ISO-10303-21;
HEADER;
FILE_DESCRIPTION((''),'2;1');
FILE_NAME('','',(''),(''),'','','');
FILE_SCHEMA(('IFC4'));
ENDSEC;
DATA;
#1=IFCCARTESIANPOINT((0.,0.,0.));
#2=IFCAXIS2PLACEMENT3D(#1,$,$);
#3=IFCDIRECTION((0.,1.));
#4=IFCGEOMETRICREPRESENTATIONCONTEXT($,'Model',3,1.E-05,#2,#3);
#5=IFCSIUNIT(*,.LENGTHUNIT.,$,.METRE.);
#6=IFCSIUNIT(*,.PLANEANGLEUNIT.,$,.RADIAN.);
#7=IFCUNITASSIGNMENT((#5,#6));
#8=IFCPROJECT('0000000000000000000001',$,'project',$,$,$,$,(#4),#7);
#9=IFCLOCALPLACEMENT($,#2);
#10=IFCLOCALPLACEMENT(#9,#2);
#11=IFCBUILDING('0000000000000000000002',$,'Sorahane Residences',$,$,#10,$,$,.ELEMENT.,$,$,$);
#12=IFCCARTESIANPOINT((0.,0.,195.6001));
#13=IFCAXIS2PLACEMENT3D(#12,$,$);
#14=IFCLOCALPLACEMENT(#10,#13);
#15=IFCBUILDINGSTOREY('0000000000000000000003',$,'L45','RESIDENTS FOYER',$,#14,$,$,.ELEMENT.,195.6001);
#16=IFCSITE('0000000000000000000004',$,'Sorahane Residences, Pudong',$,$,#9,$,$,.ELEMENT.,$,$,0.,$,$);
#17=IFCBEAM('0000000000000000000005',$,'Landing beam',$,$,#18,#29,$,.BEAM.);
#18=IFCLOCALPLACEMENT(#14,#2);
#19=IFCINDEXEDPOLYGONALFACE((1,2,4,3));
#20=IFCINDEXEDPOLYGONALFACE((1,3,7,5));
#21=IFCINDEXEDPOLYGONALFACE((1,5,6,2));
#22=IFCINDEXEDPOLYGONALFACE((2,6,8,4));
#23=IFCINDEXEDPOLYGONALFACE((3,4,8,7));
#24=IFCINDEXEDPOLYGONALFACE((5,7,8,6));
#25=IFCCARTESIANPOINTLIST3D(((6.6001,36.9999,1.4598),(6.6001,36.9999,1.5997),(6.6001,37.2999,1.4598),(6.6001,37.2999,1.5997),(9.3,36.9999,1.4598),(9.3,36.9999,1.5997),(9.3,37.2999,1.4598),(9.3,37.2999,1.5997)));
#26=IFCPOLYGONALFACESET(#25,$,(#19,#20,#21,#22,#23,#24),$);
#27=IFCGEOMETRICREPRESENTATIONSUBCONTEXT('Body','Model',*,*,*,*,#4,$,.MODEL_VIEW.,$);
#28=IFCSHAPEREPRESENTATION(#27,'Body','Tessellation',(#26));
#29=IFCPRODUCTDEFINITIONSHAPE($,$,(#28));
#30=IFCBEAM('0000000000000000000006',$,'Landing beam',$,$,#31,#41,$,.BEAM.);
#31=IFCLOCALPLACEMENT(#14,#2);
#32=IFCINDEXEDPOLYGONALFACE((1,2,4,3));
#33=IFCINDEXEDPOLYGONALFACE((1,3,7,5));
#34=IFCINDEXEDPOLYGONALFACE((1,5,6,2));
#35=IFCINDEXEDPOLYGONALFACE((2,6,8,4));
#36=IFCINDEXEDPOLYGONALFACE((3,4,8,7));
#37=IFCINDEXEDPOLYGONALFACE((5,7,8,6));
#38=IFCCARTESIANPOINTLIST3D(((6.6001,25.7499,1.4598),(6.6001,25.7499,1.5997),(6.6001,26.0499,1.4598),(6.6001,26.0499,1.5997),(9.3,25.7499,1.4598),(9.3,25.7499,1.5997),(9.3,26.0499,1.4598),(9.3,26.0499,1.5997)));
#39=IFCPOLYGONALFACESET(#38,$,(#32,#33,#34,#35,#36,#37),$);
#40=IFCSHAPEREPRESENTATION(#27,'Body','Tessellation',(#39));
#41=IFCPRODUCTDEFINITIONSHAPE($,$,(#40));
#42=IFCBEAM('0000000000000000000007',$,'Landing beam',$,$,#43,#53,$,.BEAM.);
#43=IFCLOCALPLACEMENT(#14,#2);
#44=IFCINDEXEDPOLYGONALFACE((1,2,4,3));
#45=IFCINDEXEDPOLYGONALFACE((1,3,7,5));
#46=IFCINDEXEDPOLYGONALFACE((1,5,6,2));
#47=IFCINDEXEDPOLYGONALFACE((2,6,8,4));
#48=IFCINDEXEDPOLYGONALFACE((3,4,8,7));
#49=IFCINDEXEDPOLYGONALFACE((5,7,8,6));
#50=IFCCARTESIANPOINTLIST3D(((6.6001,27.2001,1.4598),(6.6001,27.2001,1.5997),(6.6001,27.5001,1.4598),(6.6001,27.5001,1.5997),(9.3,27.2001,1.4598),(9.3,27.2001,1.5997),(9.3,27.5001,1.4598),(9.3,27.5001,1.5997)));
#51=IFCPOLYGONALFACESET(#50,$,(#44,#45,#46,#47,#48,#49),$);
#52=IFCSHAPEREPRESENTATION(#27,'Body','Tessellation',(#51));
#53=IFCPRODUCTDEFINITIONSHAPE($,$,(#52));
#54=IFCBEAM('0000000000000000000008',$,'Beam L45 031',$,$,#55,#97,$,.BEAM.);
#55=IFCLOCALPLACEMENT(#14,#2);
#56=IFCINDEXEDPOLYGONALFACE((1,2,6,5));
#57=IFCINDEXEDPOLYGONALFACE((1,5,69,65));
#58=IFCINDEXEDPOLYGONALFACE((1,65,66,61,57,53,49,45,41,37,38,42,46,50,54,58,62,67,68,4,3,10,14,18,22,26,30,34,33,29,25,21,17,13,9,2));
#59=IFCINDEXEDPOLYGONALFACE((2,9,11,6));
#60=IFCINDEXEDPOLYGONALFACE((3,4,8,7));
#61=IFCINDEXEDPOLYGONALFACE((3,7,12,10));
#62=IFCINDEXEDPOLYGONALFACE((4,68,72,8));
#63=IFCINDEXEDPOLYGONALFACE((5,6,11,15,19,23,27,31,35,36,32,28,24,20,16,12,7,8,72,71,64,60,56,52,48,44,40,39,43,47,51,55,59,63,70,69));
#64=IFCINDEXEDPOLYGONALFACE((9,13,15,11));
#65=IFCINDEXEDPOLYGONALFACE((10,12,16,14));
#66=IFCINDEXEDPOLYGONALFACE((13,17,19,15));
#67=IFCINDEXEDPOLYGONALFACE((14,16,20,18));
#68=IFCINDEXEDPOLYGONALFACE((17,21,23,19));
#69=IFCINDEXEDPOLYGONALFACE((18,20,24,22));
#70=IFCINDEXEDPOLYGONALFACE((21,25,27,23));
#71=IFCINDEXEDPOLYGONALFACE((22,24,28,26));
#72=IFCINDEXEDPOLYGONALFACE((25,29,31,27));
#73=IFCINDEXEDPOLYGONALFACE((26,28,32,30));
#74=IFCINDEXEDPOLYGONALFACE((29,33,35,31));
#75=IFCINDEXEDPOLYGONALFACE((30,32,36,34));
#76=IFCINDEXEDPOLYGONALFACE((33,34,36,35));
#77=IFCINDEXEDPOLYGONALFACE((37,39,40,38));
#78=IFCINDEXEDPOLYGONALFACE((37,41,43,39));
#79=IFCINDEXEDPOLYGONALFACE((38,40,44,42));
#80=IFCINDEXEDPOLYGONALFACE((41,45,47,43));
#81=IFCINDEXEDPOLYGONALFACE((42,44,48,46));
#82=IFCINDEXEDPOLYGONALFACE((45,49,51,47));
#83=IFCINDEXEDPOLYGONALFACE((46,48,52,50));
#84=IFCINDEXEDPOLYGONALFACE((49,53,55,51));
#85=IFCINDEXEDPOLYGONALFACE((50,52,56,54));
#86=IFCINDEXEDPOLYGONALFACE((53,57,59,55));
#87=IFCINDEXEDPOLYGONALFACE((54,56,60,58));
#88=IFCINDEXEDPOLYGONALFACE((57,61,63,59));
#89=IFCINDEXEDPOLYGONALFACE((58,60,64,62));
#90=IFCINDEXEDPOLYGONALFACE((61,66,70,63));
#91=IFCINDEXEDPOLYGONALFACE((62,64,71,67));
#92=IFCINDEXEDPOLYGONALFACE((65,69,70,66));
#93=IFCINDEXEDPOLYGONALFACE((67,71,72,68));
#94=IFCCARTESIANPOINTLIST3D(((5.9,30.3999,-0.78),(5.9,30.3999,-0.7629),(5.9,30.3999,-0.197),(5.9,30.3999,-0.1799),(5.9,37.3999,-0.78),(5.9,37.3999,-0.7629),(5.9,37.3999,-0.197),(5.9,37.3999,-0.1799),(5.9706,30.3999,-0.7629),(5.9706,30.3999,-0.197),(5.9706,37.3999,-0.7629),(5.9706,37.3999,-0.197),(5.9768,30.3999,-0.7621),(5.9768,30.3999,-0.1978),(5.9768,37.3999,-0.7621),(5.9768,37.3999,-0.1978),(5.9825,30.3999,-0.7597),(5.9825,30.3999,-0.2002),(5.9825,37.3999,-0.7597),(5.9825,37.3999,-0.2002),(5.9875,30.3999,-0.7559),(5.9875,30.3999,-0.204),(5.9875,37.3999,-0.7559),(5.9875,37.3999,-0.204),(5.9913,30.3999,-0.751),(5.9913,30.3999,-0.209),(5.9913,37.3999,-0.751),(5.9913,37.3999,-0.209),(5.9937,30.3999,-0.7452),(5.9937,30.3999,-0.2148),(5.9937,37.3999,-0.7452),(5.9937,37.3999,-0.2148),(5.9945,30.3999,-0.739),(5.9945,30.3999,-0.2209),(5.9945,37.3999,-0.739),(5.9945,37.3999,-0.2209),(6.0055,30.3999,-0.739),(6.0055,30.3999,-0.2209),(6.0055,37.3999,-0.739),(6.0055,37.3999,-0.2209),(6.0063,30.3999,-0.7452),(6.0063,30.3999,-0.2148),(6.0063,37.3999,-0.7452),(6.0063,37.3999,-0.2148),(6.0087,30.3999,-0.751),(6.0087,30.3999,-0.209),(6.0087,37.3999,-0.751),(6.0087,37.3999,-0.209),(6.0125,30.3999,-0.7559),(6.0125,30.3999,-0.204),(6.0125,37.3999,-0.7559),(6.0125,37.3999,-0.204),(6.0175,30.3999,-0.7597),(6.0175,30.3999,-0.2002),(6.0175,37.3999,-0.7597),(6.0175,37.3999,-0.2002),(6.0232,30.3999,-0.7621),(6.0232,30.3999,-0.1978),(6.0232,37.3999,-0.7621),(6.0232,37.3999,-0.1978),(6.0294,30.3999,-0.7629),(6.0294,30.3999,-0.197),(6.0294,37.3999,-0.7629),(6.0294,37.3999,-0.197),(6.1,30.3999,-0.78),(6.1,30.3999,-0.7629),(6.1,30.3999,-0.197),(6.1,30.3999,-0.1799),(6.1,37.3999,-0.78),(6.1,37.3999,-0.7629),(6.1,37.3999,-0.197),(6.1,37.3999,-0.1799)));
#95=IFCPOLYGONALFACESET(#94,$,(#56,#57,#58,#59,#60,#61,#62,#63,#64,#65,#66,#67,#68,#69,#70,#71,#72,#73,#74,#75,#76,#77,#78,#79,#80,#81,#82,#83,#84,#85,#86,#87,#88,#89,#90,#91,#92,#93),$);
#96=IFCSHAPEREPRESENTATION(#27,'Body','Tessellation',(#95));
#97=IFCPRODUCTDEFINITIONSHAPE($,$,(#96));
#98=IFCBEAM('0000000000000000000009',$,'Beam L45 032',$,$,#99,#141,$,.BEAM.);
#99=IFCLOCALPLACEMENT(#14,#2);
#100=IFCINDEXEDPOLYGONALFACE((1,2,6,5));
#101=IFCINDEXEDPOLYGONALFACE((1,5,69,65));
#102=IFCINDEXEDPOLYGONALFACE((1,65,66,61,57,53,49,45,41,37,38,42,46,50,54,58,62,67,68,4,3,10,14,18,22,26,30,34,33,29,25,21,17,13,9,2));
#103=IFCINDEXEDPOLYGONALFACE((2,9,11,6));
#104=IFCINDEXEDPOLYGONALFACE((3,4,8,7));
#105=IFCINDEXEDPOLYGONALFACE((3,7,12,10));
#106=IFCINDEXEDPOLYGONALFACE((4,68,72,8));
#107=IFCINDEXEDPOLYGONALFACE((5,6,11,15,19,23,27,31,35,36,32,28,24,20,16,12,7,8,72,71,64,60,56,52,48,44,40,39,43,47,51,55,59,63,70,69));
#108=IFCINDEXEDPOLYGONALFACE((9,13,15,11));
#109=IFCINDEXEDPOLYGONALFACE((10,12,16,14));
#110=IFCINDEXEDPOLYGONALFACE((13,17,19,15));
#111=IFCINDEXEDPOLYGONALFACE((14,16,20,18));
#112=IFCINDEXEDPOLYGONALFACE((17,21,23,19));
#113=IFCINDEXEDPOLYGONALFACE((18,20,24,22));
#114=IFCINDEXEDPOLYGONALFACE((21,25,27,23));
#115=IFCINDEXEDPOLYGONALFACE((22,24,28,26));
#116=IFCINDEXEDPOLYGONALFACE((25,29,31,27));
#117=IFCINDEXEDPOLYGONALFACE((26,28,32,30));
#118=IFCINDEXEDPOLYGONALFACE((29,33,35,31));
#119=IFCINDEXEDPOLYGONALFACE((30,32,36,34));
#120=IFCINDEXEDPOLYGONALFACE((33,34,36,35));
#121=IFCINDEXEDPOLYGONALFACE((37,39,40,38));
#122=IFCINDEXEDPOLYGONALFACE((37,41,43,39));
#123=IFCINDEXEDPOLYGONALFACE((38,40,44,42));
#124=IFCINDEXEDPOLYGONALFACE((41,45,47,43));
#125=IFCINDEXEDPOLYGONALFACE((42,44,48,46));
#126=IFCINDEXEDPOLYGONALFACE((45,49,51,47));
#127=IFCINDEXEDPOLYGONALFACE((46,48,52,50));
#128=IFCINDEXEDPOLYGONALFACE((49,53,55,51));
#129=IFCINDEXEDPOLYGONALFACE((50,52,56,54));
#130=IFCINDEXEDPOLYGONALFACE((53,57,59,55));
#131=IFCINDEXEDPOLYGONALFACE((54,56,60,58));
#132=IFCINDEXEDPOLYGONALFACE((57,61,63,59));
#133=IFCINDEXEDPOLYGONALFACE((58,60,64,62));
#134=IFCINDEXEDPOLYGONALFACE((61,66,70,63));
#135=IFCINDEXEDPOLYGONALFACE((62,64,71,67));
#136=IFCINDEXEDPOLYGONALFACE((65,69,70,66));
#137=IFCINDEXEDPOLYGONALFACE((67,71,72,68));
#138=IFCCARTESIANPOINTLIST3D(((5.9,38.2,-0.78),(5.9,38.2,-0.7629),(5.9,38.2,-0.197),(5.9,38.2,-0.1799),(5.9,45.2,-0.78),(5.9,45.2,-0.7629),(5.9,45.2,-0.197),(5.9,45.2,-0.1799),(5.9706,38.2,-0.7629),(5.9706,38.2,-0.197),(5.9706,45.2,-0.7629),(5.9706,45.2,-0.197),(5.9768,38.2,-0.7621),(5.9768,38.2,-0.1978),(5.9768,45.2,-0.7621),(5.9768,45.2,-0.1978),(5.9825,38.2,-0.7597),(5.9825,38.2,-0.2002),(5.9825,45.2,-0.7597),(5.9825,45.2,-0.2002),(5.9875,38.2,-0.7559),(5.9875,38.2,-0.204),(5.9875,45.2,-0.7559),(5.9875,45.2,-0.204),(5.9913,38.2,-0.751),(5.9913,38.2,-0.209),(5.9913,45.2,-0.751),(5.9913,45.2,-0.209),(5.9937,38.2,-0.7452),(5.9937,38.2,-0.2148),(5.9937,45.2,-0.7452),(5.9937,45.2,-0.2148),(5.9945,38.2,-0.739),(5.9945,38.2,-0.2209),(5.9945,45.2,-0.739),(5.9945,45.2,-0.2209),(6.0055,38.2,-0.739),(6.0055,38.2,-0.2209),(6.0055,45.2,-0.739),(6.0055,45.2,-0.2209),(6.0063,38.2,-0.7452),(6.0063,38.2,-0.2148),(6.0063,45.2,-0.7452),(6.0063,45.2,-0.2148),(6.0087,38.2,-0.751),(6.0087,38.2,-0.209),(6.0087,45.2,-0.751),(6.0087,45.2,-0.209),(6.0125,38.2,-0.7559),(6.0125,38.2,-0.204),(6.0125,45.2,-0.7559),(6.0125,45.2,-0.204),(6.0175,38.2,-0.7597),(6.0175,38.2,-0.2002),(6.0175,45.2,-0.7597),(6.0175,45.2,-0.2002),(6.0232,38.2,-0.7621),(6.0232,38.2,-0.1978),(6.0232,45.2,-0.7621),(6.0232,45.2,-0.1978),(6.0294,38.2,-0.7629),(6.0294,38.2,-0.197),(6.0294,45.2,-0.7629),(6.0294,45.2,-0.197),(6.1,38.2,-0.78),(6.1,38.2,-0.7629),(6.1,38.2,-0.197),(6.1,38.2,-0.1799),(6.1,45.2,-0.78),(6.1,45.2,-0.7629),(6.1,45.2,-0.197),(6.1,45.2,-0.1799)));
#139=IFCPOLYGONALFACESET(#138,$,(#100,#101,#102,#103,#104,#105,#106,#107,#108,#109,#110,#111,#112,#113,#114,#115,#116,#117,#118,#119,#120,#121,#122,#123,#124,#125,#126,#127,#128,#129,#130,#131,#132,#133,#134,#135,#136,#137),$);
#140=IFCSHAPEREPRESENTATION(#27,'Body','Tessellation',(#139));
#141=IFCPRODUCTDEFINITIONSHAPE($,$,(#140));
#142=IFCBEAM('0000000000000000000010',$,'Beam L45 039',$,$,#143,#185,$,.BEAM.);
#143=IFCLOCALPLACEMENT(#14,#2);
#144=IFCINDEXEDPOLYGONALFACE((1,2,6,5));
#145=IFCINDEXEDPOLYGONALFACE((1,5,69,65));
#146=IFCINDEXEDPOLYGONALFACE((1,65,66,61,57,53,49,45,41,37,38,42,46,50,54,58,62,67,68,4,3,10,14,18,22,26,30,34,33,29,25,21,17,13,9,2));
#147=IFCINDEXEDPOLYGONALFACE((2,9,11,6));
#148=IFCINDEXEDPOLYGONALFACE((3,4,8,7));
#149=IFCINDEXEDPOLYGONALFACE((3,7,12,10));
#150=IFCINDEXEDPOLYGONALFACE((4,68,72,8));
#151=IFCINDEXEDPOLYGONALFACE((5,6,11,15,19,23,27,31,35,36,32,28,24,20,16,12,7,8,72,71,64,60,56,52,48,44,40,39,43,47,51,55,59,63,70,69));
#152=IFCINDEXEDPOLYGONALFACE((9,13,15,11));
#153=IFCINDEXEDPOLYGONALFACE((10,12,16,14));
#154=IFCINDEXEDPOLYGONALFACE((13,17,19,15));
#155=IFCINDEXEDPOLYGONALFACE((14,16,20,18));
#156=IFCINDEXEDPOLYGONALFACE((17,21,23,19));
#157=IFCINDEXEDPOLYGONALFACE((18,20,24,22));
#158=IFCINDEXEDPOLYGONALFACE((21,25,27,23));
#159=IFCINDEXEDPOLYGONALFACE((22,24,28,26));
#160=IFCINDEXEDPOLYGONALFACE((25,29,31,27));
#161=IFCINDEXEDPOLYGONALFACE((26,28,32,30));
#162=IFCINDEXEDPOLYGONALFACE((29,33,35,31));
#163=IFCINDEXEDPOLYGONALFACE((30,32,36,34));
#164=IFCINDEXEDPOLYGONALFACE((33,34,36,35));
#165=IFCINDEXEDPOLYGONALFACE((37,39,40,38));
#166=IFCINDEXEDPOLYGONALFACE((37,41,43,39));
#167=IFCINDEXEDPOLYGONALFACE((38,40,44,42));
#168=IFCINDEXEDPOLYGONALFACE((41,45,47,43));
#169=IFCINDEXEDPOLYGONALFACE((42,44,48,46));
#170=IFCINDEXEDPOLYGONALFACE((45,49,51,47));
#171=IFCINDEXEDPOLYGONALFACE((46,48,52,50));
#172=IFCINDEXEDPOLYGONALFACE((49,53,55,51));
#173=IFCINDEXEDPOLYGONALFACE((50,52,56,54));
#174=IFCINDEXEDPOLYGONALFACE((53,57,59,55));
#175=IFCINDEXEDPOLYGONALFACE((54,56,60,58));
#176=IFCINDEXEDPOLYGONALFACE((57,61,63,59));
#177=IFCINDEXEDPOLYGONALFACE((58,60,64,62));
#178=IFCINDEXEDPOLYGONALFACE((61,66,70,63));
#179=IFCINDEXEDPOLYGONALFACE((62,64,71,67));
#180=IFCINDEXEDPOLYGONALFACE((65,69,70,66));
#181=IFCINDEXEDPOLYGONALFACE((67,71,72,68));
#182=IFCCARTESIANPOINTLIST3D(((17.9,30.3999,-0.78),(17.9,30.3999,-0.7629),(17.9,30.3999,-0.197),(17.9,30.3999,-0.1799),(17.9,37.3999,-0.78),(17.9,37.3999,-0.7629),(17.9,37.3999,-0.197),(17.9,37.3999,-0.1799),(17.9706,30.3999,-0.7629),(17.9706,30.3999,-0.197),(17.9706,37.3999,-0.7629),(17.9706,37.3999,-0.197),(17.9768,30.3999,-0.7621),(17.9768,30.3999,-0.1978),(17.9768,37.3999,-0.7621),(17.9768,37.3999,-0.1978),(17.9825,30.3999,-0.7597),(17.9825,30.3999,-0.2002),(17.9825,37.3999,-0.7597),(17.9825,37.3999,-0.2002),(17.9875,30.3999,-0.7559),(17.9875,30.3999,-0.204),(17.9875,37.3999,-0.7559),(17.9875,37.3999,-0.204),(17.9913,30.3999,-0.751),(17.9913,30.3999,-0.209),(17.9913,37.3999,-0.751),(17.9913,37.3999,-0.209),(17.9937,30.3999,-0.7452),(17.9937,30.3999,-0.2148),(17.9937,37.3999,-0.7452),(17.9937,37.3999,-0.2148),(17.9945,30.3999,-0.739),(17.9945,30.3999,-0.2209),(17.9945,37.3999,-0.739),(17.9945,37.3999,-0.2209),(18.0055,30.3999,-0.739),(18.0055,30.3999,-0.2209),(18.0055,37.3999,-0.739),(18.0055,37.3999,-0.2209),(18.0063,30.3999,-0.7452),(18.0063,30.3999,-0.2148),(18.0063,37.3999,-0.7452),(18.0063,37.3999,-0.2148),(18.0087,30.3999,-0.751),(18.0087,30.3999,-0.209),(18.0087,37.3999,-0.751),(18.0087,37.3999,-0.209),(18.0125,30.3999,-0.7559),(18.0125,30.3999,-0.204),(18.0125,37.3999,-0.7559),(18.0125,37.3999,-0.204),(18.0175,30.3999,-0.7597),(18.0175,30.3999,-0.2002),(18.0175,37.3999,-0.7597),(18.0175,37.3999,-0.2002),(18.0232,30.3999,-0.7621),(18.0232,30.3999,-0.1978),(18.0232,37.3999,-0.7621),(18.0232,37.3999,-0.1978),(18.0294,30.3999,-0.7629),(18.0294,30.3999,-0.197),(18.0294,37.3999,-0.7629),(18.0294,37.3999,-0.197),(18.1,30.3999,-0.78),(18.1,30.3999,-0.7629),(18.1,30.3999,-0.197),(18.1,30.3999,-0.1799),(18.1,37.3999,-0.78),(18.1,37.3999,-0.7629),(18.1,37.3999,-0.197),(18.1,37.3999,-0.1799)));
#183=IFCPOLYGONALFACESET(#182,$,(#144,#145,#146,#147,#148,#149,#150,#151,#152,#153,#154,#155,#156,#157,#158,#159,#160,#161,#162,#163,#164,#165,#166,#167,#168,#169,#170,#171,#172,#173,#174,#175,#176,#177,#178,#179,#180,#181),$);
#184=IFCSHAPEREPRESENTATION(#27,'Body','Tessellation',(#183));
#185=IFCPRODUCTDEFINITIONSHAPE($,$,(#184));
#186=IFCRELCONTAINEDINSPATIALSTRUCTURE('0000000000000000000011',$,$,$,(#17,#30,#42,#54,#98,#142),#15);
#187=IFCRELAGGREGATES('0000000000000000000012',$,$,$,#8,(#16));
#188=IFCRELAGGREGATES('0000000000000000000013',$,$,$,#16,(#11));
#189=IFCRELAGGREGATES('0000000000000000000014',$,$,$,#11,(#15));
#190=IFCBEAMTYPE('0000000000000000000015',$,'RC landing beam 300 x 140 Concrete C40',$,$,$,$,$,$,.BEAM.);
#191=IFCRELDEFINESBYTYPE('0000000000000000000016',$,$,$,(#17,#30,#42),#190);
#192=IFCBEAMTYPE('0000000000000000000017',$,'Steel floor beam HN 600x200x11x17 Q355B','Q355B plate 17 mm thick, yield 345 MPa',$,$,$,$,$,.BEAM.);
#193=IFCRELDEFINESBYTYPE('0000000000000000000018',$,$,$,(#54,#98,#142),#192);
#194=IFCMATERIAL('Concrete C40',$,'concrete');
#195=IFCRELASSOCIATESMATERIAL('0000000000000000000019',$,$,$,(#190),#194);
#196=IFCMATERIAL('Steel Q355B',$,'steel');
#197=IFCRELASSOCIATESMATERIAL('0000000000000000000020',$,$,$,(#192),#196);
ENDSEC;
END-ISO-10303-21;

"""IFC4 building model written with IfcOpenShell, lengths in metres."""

from ifc_helpers import new_model, si_unit, direction, frame, origin, origin_2d, place, context, subcontext, project, spatial, rectangle, i_section, extrude, material, material_profile, profile_set, type_object, element, save


model = new_model("IFC4")

# Units and contexts
model_context = context("Model", 3, precision=1e-05, world=origin(), true_north=direction((0.0, 1.0)))
body_context = subcontext(model_context, "Body", "Model", "MODEL_VIEW")
ifc_project = project(units=[si_unit("LENGTHUNIT", "METRE"), si_unit("PLANEANGLEUNIT", "RADIAN")], contexts=[model_context])

# Site, building, storey
site_placement = place(None, origin())
site = spatial("IfcSite", under=ifc_project, at=site_placement, Name="Sorahane Residences, Pudong", CompositionType="ELEMENT", RefElevation=0.0)
building_placement = place(site_placement, origin())
building = spatial("IfcBuilding", under=site, at=building_placement, Name="Sorahane Residences", CompositionType="ELEMENT")
storey_placement = place(building_placement, frame((0.0, 0.0, 195.6001)))
storey = spatial("IfcBuildingStorey", under=building, at=storey_placement, Name="L45", Description="RESIDENTS FOYER", CompositionType="ELEMENT", Elevation=195.6001)

# Beams
ifc_material_1 = material(Name="Concrete C40", Category="concrete")
ifc_material_profile_1 = material_profile(ifc_material_1, rectangle(XDim=0.3, YDim=0.1399, at=origin_2d()), Name="300x140")
ifc_profile_set_1 = profile_set([ifc_material_profile_1], Name="Concrete C40")
beam_type_1 = type_object("IfcBeamType", Name="RC landing beam 300 x 140 Concrete C40", PredefinedType="BEAM", material=ifc_profile_set_1)
for number, where, z_axis, x_axis, name in (
    (1, (6.6001, 37.1499, 1.5298), (1.0, 0.0, 0.0), (0.0, 1.0, 0.0), "Landing beam"),
    (2, (6.6001, 25.8999, 1.5298), (1.0, 0.0, 0.0), (0.0, 1.0, 0.0), "Landing beam"),
    (3, (6.6001, 27.3501, 1.5298), (1.0, 0.0, 0.0), (0.0, 1.0, 0.0), "Landing beam"),
):
    element("IfcBeam", number, at=place(storey_placement, frame(where, z_axis=z_axis, x_axis=x_axis)), inside=storey, type_object=beam_type_1, Name=name, PredefinedType="BEAM", context=body_context, shape_type="SweptSolid", body=[
        extrude(rectangle(XDim=0.3, YDim=0.1399, at=origin_2d()), origin(), (0.0, 0.0, 1.0), 2.7),
    ])
ifc_material_2 = material(Name="Steel Q355B", Category="steel")
ifc_material_profile_2 = material_profile(ifc_material_2, i_section(OverallWidth=0.2, OverallDepth=0.6001, WebThickness=0.011, FlangeThickness=0.0171, FilletRadius=0.0239, at=origin_2d()), Name="HN 600x200x11x17")
ifc_profile_set_2 = profile_set([ifc_material_profile_2], Name="Steel Q355B")
beam_type_2 = type_object("IfcBeamType", Name="Steel floor beam HN 600x200x11x17 Q355B", Description="Q355B plate 17 mm thick, yield 345 MPa", PredefinedType="BEAM", material=ifc_profile_set_2)
for number, where, z_axis, x_axis, name in (
    (4, (6.0, 30.3999, -0.48), (0.0, 1.0, 0.0), (-1.0, 0.0, 0.0), "Beam L45 031"),
    (5, (6.0, 38.2, -0.48), (0.0, 1.0, 0.0), (-1.0, 0.0, 0.0), "Beam L45 032"),
    (6, (18.0, 30.3999, -0.48), (0.0, 1.0, 0.0), (-1.0, 0.0, 0.0), "Beam L45 039"),
):
    element("IfcBeam", number, at=place(storey_placement, frame(where, z_axis=z_axis, x_axis=x_axis)), inside=storey, type_object=beam_type_2, Name=name, PredefinedType="BEAM", context=body_context, shape_type="SweptSolid", body=[
        extrude(i_section(OverallWidth=0.2, OverallDepth=0.6001, WebThickness=0.011, FlangeThickness=0.0171, FilletRadius=0.0239, at=origin_2d()), origin(), (0.0, 0.0, 1.0), 7.0),
    ])

save(model, "model.ifc")
